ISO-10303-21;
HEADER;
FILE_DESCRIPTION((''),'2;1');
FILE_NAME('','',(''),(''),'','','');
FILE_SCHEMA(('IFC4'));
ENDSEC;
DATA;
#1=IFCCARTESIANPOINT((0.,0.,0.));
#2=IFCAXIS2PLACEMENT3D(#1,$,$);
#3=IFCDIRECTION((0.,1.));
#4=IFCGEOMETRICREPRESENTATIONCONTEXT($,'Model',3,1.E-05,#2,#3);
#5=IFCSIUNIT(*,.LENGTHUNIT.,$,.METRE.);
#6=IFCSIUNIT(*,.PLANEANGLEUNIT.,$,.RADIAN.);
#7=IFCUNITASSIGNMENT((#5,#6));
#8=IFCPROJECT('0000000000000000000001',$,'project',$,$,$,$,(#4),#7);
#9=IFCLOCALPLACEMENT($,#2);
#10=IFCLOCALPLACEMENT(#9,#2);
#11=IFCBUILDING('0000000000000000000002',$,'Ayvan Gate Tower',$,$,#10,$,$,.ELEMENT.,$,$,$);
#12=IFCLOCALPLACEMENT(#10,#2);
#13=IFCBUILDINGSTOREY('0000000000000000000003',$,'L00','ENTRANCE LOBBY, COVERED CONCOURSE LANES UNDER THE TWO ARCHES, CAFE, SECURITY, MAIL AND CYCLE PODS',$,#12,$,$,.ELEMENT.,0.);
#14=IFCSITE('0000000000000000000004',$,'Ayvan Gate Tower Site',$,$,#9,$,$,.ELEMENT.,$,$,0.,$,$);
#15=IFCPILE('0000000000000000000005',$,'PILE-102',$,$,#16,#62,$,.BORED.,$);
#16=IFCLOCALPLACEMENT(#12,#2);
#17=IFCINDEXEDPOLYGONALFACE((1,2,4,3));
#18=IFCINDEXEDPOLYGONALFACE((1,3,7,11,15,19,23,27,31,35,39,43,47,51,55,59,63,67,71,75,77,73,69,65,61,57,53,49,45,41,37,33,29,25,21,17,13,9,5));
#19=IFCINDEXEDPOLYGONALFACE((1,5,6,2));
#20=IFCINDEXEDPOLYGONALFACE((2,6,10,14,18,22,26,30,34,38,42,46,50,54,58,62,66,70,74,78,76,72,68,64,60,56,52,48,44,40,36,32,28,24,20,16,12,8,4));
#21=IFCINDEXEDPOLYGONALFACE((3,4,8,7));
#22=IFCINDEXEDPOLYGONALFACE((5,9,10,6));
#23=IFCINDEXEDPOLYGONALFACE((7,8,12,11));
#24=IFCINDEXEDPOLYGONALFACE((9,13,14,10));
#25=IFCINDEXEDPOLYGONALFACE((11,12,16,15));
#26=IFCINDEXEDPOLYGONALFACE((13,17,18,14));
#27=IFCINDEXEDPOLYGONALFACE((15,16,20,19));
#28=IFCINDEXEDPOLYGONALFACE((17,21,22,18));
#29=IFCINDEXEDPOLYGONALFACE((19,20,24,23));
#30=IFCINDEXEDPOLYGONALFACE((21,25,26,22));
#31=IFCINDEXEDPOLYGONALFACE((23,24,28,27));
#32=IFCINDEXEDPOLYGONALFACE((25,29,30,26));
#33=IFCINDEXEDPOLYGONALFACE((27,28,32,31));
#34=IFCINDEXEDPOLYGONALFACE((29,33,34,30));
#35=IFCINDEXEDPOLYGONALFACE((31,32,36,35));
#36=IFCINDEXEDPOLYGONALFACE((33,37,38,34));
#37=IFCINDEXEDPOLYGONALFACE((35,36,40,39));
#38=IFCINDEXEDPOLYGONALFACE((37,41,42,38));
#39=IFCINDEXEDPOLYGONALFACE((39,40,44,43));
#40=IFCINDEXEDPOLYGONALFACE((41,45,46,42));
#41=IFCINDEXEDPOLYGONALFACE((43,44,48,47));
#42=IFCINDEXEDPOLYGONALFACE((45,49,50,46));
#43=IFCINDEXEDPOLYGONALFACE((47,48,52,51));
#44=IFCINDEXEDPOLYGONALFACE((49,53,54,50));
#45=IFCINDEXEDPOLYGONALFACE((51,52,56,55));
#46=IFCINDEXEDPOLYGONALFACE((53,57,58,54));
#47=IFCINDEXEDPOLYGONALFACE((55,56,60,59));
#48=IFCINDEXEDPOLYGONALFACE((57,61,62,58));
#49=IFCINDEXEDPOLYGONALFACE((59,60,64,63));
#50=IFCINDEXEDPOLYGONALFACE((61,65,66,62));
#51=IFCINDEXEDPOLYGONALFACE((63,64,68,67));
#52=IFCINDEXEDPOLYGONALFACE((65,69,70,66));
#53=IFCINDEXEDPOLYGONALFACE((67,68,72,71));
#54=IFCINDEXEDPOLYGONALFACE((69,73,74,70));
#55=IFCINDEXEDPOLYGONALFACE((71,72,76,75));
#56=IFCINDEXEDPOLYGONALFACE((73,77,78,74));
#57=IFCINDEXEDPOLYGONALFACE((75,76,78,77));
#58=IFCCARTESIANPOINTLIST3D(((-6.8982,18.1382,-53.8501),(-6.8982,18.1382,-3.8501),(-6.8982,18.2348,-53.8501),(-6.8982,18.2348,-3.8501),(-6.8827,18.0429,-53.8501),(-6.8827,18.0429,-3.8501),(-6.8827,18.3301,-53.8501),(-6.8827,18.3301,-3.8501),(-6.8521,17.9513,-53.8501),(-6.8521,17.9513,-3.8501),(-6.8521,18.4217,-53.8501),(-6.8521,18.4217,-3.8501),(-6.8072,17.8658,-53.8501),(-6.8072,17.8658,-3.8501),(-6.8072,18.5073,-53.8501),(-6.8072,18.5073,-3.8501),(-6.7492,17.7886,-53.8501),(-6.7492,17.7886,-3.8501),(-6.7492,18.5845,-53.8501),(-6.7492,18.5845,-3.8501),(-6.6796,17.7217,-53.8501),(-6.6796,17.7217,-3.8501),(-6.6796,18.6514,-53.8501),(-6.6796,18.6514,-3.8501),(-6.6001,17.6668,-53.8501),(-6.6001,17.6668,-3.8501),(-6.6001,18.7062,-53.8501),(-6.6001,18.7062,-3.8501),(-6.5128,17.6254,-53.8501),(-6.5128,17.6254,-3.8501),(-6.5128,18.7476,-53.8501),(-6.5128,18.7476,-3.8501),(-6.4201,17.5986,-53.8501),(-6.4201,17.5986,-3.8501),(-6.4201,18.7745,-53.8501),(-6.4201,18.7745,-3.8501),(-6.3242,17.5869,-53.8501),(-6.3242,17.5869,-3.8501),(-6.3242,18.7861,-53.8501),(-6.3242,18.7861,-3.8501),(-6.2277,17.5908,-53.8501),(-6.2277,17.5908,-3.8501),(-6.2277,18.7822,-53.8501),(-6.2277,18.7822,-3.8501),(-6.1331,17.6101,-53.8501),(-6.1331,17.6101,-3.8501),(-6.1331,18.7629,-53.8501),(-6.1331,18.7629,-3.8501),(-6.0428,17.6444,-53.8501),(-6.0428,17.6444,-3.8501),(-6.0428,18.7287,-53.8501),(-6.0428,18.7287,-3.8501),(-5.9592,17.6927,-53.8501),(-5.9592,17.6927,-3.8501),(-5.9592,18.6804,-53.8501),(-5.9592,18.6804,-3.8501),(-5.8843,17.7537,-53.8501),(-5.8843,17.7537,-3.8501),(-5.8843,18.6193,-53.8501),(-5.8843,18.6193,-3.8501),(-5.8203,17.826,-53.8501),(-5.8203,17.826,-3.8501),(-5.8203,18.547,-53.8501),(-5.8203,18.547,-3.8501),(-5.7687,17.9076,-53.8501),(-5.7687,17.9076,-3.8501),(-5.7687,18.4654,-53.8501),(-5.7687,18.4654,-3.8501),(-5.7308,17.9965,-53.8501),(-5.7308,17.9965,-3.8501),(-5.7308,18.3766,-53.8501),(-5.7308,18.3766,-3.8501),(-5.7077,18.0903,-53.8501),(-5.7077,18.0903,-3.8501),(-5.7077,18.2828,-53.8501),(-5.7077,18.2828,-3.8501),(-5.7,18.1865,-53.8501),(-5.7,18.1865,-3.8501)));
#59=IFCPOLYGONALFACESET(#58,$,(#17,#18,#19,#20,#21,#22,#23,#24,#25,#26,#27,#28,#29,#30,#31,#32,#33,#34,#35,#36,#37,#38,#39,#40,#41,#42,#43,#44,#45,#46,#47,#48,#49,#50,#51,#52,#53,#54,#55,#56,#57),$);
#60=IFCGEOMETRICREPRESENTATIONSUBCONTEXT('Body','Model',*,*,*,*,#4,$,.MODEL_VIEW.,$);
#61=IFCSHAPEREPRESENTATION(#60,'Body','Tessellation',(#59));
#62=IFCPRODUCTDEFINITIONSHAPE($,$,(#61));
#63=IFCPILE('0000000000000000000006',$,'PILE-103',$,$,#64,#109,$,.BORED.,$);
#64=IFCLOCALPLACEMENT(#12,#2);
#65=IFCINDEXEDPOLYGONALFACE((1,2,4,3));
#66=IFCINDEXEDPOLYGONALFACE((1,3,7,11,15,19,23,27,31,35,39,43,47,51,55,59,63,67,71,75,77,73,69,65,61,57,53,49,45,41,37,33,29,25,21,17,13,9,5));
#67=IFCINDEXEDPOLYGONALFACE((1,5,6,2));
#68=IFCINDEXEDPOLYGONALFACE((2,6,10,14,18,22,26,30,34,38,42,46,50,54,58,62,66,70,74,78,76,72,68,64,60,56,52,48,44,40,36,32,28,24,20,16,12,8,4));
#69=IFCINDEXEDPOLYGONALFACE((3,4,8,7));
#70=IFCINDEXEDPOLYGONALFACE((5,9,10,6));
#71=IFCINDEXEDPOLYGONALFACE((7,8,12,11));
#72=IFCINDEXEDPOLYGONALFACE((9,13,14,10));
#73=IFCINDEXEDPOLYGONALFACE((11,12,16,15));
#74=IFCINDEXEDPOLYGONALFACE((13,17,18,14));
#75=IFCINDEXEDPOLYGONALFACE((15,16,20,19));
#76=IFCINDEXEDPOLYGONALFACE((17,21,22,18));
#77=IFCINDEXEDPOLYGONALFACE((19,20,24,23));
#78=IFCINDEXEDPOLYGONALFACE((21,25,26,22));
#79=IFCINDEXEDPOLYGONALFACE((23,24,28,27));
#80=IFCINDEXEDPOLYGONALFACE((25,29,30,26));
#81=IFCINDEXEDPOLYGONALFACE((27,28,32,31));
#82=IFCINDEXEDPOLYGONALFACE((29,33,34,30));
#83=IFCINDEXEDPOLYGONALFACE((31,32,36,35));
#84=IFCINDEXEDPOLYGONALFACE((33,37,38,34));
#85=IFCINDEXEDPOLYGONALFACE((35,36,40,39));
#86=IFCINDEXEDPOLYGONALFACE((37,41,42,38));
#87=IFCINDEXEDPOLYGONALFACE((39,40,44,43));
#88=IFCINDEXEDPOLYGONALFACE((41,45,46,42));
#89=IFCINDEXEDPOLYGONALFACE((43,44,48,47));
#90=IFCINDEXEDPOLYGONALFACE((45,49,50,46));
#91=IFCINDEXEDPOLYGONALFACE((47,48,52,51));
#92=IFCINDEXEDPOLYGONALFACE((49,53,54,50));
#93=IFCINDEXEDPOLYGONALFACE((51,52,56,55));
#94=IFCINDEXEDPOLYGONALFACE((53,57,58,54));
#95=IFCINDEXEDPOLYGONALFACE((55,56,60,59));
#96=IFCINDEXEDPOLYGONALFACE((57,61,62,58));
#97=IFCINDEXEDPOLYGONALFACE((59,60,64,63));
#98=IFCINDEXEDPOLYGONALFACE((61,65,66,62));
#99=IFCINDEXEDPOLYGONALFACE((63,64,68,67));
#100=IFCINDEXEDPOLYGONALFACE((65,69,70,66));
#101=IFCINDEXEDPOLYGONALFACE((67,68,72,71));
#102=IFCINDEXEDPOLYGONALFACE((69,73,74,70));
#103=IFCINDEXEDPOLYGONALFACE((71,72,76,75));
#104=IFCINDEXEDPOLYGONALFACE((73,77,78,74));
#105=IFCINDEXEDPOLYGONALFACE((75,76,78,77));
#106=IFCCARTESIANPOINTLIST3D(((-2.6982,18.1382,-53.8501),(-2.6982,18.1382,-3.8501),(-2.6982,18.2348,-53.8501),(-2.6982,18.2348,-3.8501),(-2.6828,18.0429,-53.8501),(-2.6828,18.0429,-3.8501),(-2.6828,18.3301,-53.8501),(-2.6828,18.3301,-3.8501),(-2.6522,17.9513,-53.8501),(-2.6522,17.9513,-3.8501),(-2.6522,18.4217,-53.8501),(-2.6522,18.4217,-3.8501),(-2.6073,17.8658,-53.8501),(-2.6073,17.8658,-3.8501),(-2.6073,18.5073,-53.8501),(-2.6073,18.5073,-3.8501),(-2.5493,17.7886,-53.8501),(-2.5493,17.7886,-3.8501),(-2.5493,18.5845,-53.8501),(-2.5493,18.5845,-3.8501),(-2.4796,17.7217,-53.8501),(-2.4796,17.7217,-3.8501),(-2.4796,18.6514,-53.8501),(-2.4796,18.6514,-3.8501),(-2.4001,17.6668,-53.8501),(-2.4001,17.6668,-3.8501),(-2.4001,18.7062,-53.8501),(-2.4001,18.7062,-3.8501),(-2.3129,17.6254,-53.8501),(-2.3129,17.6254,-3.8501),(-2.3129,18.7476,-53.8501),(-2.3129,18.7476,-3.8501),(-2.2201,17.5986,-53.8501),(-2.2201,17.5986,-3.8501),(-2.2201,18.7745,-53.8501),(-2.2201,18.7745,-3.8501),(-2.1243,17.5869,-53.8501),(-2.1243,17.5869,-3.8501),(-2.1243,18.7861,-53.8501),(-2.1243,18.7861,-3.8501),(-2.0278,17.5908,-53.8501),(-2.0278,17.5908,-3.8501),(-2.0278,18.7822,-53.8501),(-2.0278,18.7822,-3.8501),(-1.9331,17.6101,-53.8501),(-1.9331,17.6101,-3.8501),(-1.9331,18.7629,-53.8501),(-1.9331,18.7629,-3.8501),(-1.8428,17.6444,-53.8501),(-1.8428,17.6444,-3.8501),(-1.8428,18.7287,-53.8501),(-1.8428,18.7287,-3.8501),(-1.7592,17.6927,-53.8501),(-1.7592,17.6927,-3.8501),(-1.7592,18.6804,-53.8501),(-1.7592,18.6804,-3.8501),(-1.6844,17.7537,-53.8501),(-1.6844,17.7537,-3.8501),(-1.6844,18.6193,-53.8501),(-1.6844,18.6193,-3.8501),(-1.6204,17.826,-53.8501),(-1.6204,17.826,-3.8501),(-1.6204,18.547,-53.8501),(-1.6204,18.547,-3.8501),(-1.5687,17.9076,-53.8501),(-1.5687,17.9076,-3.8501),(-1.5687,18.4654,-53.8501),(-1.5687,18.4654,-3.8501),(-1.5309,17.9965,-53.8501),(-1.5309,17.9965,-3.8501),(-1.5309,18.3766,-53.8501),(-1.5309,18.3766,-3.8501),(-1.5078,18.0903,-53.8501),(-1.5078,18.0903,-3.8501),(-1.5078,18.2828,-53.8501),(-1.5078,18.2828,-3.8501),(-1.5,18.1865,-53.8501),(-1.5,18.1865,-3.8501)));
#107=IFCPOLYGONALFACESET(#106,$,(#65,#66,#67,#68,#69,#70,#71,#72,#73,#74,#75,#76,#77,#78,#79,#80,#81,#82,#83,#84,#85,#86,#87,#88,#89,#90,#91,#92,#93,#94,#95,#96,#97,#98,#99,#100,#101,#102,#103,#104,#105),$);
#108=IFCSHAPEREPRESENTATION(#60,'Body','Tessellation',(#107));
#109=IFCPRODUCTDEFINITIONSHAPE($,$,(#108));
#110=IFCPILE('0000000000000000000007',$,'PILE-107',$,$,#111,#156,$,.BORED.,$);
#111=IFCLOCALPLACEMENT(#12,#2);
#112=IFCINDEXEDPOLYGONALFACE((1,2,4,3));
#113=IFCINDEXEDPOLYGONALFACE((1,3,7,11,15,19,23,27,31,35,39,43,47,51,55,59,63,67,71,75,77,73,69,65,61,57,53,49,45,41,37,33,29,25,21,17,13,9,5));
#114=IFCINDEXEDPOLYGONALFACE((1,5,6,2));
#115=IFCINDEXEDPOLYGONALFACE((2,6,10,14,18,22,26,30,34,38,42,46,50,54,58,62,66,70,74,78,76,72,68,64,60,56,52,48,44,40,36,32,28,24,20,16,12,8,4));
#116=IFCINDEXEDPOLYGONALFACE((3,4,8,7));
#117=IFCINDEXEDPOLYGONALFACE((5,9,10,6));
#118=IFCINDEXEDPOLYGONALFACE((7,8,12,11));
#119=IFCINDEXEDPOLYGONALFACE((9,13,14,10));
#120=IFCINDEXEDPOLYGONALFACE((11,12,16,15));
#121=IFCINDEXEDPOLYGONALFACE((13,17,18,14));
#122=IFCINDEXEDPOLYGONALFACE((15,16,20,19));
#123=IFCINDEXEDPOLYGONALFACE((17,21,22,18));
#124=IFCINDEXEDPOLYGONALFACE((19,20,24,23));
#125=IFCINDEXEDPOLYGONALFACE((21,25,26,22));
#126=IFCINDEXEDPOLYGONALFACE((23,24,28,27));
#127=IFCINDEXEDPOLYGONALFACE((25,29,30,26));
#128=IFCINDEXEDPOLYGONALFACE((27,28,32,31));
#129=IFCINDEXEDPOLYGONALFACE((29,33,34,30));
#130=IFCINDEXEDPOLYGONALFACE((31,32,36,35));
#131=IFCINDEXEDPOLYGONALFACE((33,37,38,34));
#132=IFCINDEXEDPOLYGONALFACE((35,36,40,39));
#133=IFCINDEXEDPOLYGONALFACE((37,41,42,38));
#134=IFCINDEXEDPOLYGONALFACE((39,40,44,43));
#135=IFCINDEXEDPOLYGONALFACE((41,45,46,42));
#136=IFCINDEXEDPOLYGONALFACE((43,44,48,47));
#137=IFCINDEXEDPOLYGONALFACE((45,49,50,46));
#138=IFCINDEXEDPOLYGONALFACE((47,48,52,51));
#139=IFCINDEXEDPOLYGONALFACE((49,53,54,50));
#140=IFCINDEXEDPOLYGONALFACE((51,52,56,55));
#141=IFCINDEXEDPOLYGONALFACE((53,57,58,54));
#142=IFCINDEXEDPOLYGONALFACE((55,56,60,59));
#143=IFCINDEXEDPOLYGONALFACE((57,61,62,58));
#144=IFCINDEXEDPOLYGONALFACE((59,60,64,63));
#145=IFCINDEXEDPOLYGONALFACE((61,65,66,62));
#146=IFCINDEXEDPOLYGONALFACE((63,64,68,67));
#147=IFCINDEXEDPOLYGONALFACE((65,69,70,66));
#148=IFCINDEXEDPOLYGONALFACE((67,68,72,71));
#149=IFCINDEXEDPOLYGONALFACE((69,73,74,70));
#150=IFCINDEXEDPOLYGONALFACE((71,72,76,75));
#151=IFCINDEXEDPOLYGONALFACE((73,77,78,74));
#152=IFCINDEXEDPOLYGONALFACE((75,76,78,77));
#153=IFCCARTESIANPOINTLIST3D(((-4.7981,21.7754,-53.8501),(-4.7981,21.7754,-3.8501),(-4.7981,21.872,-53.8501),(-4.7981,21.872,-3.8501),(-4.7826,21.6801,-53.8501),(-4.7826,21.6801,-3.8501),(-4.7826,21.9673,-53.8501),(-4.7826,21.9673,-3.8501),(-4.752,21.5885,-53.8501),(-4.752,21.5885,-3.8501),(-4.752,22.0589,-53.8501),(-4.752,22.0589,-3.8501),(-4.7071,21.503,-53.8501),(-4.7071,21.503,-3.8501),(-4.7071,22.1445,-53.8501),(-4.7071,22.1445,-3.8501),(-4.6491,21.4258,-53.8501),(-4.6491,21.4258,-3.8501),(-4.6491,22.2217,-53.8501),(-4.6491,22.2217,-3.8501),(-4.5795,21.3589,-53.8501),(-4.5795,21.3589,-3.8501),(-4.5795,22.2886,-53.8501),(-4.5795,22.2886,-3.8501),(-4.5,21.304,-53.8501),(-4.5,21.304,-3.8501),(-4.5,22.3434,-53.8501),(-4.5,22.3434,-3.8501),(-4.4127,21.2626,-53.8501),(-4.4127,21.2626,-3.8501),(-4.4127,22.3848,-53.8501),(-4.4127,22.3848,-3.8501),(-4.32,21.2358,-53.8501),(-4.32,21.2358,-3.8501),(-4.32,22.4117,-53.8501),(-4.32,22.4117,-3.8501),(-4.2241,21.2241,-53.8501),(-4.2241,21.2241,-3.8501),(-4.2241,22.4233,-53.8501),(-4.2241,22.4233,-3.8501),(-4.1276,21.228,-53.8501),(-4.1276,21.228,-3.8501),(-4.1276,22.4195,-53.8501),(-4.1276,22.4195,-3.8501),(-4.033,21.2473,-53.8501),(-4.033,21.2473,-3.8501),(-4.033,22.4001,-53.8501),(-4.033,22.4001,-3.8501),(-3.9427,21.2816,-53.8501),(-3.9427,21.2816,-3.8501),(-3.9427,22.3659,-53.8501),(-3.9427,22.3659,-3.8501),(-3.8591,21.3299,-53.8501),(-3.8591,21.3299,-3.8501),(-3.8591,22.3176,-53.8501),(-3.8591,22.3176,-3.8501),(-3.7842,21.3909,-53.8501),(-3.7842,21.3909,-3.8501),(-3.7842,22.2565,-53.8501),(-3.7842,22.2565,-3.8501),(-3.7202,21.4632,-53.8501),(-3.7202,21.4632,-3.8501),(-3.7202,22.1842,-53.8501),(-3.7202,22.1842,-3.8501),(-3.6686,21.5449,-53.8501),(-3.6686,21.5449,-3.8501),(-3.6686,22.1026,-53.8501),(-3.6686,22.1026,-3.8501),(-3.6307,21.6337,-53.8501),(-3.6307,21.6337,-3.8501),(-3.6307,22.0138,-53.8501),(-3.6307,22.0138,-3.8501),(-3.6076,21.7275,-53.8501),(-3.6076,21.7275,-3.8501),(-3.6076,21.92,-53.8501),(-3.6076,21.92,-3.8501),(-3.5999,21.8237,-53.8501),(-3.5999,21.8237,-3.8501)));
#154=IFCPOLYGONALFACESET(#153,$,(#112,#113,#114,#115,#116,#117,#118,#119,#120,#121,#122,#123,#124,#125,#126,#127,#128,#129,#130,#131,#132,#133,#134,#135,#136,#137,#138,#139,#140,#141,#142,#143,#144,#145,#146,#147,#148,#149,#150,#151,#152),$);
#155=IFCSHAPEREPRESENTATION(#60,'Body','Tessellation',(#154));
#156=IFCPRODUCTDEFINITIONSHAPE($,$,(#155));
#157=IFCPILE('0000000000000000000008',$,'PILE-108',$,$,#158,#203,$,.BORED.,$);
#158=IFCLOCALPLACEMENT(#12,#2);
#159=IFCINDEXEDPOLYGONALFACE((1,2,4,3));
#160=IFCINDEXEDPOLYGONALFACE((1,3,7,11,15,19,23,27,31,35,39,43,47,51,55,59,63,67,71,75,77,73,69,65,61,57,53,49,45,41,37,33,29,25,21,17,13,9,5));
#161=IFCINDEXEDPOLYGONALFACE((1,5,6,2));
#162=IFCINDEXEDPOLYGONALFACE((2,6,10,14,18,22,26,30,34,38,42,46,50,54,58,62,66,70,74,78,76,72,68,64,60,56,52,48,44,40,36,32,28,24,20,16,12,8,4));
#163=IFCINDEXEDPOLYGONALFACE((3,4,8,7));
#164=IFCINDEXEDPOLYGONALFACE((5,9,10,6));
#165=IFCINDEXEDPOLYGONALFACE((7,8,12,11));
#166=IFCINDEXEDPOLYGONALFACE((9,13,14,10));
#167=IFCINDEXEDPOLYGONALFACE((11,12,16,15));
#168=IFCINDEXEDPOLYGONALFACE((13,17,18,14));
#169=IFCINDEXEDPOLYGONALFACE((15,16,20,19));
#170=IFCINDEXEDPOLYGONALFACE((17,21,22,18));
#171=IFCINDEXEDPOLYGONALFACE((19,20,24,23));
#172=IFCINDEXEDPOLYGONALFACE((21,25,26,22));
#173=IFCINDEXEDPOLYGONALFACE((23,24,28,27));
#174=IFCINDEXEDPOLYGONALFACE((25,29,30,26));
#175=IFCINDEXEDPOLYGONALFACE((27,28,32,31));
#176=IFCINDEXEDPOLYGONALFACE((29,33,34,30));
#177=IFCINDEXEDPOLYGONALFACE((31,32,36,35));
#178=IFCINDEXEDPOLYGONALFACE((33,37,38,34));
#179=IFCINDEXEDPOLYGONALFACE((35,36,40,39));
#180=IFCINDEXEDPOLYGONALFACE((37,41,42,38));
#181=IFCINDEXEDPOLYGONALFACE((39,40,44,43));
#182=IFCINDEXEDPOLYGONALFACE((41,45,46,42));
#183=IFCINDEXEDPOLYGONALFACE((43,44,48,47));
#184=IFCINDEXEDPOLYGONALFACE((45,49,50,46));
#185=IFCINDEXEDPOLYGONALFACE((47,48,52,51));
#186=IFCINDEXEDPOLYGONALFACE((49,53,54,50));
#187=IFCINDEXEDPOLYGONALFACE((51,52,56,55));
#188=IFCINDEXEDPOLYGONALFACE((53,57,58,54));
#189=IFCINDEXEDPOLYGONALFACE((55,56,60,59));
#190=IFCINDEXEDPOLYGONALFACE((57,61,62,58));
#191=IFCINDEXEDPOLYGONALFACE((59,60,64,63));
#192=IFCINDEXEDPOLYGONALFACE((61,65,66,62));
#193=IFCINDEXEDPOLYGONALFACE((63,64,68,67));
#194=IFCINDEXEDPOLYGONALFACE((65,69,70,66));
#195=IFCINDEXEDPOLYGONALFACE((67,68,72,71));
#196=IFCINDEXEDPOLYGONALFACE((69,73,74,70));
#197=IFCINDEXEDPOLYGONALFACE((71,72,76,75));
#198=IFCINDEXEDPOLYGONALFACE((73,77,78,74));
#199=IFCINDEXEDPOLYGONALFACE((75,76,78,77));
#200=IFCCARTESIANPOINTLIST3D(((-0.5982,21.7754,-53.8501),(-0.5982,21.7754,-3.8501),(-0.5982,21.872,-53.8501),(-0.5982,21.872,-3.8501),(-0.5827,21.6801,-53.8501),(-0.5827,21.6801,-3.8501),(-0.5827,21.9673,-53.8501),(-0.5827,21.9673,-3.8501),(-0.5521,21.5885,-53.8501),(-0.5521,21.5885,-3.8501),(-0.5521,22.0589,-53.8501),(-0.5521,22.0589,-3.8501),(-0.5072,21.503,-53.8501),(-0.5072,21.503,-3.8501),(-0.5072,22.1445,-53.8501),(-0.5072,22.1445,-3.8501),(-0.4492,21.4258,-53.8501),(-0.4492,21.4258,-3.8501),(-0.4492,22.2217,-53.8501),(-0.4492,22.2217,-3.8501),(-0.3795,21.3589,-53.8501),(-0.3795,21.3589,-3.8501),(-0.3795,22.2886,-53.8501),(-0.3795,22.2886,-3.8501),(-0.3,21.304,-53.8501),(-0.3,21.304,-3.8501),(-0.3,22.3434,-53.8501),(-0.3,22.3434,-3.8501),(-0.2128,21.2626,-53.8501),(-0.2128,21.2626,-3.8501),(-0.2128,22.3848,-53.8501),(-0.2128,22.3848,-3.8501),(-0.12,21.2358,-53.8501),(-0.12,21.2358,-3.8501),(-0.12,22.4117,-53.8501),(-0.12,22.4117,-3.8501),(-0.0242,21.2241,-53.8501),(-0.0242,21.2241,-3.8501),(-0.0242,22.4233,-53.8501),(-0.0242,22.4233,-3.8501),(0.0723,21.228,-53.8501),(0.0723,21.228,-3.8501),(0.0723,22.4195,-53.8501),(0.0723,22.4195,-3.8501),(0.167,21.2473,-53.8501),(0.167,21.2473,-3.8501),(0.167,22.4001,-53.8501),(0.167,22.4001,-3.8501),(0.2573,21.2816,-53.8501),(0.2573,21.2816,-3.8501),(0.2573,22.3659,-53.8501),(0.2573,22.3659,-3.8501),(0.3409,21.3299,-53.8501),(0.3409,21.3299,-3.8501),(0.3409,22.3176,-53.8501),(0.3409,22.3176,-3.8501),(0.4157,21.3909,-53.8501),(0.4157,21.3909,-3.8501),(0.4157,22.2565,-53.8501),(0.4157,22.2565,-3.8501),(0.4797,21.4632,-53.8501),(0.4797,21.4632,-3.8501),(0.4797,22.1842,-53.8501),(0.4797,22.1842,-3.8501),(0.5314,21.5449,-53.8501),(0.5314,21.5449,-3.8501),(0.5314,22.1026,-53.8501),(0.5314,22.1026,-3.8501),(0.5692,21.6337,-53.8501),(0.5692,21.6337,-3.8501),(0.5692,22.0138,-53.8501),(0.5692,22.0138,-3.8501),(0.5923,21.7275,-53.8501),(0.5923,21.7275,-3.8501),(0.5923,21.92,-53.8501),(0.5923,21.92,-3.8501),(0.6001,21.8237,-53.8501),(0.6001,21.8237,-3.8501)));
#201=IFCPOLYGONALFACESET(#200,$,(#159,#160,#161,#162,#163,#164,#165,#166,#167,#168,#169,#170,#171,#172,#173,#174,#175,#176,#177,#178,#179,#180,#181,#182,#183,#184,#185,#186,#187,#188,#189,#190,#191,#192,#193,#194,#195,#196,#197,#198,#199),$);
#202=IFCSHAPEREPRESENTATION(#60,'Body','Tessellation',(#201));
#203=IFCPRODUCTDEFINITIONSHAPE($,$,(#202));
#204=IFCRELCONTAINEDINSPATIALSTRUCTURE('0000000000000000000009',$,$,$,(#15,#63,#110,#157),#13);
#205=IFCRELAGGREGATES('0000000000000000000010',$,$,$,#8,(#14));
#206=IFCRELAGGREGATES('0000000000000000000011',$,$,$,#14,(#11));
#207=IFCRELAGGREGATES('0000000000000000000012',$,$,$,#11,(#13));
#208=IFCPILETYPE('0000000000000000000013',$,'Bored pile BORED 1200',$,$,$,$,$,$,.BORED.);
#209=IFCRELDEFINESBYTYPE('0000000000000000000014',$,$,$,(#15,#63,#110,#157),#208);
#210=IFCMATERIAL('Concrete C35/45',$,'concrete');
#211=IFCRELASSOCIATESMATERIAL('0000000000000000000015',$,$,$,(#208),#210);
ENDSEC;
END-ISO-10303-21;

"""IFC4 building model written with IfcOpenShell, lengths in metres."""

from ifc_helpers import new_model, si_unit, direction, frame, origin, origin_2d, place, context, subcontext, project, spatial, circle, extrude, material, material_profile, profile_set, type_object, element, save


model = new_model("IFC4")

# Units and contexts
model_context = context("Model", 3, precision=1e-05, world=origin(), true_north=direction((0.0, 1.0)))
body_context = subcontext(model_context, "Body", "Model", "MODEL_VIEW")
ifc_project = project(units=[si_unit("LENGTHUNIT", "METRE"), si_unit("PLANEANGLEUNIT", "RADIAN")], contexts=[model_context])

# Site, building, storey
site_placement = place(None, origin())
site = spatial("IfcSite", under=ifc_project, at=site_placement, Name="Ayvan Gate Tower Site", CompositionType="ELEMENT", RefElevation=0.0)
building_placement = place(site_placement, origin())
building = spatial("IfcBuilding", under=site, at=building_placement, Name="Ayvan Gate Tower", CompositionType="ELEMENT")
storey_placement = place(building_placement, origin())
storey = spatial("IfcBuildingStorey", under=building, at=storey_placement, Name="L00", Description="ENTRANCE LOBBY, COVERED CONCOURSE LANES UNDER THE TWO ARCHES, CAFE, SECURITY, MAIL AND CYCLE PODS", CompositionType="ELEMENT", Elevation=0.0)

# Piles
ifc_material_1 = material(Name="Concrete C35/45", Category="concrete")
ifc_material_profile_1 = material_profile(ifc_material_1, circle(Radius=0.6001, at=origin_2d()), Name="BORED 1200")
ifc_profile_set_1 = profile_set([ifc_material_profile_1], Name="Concrete C35/45")
pile_type = type_object("IfcPileType", Name="Bored pile BORED 1200", PredefinedType="BORED", material=ifc_profile_set_1)
for number, where, z_axis, x_axis, name in (
    (1, (-6.3, 18.1865, -3.8501), (0.0, 0.0, -1.0), (1.0, 0.0, 0.0), "PILE-102"),
    (2, (-2.1001, 18.1865, -3.8501), (0.0, 0.0, -1.0), (1.0, 0.0, 0.0), "PILE-103"),
    (3, (-4.2, 21.8237, -3.8501), (0.0, 0.0, -1.0), (1.0, 0.0, 0.0), "PILE-107"),
    (4, (0.0, 21.8237, -3.8501), (0.0, 0.0, -1.0), (1.0, 0.0, 0.0), "PILE-108"),
):
    element("IfcPile", number, at=place(storey_placement, frame(where, z_axis=z_axis, x_axis=x_axis)), inside=storey, type_object=pile_type, Name=name, PredefinedType="BORED", context=body_context, shape_type="SweptSolid", body=[
        extrude(circle(Radius=0.6001, at=origin_2d()), origin(), (0.0, 0.0, 1.0), 50.0),
    ])

save(model, "model.ifc")
